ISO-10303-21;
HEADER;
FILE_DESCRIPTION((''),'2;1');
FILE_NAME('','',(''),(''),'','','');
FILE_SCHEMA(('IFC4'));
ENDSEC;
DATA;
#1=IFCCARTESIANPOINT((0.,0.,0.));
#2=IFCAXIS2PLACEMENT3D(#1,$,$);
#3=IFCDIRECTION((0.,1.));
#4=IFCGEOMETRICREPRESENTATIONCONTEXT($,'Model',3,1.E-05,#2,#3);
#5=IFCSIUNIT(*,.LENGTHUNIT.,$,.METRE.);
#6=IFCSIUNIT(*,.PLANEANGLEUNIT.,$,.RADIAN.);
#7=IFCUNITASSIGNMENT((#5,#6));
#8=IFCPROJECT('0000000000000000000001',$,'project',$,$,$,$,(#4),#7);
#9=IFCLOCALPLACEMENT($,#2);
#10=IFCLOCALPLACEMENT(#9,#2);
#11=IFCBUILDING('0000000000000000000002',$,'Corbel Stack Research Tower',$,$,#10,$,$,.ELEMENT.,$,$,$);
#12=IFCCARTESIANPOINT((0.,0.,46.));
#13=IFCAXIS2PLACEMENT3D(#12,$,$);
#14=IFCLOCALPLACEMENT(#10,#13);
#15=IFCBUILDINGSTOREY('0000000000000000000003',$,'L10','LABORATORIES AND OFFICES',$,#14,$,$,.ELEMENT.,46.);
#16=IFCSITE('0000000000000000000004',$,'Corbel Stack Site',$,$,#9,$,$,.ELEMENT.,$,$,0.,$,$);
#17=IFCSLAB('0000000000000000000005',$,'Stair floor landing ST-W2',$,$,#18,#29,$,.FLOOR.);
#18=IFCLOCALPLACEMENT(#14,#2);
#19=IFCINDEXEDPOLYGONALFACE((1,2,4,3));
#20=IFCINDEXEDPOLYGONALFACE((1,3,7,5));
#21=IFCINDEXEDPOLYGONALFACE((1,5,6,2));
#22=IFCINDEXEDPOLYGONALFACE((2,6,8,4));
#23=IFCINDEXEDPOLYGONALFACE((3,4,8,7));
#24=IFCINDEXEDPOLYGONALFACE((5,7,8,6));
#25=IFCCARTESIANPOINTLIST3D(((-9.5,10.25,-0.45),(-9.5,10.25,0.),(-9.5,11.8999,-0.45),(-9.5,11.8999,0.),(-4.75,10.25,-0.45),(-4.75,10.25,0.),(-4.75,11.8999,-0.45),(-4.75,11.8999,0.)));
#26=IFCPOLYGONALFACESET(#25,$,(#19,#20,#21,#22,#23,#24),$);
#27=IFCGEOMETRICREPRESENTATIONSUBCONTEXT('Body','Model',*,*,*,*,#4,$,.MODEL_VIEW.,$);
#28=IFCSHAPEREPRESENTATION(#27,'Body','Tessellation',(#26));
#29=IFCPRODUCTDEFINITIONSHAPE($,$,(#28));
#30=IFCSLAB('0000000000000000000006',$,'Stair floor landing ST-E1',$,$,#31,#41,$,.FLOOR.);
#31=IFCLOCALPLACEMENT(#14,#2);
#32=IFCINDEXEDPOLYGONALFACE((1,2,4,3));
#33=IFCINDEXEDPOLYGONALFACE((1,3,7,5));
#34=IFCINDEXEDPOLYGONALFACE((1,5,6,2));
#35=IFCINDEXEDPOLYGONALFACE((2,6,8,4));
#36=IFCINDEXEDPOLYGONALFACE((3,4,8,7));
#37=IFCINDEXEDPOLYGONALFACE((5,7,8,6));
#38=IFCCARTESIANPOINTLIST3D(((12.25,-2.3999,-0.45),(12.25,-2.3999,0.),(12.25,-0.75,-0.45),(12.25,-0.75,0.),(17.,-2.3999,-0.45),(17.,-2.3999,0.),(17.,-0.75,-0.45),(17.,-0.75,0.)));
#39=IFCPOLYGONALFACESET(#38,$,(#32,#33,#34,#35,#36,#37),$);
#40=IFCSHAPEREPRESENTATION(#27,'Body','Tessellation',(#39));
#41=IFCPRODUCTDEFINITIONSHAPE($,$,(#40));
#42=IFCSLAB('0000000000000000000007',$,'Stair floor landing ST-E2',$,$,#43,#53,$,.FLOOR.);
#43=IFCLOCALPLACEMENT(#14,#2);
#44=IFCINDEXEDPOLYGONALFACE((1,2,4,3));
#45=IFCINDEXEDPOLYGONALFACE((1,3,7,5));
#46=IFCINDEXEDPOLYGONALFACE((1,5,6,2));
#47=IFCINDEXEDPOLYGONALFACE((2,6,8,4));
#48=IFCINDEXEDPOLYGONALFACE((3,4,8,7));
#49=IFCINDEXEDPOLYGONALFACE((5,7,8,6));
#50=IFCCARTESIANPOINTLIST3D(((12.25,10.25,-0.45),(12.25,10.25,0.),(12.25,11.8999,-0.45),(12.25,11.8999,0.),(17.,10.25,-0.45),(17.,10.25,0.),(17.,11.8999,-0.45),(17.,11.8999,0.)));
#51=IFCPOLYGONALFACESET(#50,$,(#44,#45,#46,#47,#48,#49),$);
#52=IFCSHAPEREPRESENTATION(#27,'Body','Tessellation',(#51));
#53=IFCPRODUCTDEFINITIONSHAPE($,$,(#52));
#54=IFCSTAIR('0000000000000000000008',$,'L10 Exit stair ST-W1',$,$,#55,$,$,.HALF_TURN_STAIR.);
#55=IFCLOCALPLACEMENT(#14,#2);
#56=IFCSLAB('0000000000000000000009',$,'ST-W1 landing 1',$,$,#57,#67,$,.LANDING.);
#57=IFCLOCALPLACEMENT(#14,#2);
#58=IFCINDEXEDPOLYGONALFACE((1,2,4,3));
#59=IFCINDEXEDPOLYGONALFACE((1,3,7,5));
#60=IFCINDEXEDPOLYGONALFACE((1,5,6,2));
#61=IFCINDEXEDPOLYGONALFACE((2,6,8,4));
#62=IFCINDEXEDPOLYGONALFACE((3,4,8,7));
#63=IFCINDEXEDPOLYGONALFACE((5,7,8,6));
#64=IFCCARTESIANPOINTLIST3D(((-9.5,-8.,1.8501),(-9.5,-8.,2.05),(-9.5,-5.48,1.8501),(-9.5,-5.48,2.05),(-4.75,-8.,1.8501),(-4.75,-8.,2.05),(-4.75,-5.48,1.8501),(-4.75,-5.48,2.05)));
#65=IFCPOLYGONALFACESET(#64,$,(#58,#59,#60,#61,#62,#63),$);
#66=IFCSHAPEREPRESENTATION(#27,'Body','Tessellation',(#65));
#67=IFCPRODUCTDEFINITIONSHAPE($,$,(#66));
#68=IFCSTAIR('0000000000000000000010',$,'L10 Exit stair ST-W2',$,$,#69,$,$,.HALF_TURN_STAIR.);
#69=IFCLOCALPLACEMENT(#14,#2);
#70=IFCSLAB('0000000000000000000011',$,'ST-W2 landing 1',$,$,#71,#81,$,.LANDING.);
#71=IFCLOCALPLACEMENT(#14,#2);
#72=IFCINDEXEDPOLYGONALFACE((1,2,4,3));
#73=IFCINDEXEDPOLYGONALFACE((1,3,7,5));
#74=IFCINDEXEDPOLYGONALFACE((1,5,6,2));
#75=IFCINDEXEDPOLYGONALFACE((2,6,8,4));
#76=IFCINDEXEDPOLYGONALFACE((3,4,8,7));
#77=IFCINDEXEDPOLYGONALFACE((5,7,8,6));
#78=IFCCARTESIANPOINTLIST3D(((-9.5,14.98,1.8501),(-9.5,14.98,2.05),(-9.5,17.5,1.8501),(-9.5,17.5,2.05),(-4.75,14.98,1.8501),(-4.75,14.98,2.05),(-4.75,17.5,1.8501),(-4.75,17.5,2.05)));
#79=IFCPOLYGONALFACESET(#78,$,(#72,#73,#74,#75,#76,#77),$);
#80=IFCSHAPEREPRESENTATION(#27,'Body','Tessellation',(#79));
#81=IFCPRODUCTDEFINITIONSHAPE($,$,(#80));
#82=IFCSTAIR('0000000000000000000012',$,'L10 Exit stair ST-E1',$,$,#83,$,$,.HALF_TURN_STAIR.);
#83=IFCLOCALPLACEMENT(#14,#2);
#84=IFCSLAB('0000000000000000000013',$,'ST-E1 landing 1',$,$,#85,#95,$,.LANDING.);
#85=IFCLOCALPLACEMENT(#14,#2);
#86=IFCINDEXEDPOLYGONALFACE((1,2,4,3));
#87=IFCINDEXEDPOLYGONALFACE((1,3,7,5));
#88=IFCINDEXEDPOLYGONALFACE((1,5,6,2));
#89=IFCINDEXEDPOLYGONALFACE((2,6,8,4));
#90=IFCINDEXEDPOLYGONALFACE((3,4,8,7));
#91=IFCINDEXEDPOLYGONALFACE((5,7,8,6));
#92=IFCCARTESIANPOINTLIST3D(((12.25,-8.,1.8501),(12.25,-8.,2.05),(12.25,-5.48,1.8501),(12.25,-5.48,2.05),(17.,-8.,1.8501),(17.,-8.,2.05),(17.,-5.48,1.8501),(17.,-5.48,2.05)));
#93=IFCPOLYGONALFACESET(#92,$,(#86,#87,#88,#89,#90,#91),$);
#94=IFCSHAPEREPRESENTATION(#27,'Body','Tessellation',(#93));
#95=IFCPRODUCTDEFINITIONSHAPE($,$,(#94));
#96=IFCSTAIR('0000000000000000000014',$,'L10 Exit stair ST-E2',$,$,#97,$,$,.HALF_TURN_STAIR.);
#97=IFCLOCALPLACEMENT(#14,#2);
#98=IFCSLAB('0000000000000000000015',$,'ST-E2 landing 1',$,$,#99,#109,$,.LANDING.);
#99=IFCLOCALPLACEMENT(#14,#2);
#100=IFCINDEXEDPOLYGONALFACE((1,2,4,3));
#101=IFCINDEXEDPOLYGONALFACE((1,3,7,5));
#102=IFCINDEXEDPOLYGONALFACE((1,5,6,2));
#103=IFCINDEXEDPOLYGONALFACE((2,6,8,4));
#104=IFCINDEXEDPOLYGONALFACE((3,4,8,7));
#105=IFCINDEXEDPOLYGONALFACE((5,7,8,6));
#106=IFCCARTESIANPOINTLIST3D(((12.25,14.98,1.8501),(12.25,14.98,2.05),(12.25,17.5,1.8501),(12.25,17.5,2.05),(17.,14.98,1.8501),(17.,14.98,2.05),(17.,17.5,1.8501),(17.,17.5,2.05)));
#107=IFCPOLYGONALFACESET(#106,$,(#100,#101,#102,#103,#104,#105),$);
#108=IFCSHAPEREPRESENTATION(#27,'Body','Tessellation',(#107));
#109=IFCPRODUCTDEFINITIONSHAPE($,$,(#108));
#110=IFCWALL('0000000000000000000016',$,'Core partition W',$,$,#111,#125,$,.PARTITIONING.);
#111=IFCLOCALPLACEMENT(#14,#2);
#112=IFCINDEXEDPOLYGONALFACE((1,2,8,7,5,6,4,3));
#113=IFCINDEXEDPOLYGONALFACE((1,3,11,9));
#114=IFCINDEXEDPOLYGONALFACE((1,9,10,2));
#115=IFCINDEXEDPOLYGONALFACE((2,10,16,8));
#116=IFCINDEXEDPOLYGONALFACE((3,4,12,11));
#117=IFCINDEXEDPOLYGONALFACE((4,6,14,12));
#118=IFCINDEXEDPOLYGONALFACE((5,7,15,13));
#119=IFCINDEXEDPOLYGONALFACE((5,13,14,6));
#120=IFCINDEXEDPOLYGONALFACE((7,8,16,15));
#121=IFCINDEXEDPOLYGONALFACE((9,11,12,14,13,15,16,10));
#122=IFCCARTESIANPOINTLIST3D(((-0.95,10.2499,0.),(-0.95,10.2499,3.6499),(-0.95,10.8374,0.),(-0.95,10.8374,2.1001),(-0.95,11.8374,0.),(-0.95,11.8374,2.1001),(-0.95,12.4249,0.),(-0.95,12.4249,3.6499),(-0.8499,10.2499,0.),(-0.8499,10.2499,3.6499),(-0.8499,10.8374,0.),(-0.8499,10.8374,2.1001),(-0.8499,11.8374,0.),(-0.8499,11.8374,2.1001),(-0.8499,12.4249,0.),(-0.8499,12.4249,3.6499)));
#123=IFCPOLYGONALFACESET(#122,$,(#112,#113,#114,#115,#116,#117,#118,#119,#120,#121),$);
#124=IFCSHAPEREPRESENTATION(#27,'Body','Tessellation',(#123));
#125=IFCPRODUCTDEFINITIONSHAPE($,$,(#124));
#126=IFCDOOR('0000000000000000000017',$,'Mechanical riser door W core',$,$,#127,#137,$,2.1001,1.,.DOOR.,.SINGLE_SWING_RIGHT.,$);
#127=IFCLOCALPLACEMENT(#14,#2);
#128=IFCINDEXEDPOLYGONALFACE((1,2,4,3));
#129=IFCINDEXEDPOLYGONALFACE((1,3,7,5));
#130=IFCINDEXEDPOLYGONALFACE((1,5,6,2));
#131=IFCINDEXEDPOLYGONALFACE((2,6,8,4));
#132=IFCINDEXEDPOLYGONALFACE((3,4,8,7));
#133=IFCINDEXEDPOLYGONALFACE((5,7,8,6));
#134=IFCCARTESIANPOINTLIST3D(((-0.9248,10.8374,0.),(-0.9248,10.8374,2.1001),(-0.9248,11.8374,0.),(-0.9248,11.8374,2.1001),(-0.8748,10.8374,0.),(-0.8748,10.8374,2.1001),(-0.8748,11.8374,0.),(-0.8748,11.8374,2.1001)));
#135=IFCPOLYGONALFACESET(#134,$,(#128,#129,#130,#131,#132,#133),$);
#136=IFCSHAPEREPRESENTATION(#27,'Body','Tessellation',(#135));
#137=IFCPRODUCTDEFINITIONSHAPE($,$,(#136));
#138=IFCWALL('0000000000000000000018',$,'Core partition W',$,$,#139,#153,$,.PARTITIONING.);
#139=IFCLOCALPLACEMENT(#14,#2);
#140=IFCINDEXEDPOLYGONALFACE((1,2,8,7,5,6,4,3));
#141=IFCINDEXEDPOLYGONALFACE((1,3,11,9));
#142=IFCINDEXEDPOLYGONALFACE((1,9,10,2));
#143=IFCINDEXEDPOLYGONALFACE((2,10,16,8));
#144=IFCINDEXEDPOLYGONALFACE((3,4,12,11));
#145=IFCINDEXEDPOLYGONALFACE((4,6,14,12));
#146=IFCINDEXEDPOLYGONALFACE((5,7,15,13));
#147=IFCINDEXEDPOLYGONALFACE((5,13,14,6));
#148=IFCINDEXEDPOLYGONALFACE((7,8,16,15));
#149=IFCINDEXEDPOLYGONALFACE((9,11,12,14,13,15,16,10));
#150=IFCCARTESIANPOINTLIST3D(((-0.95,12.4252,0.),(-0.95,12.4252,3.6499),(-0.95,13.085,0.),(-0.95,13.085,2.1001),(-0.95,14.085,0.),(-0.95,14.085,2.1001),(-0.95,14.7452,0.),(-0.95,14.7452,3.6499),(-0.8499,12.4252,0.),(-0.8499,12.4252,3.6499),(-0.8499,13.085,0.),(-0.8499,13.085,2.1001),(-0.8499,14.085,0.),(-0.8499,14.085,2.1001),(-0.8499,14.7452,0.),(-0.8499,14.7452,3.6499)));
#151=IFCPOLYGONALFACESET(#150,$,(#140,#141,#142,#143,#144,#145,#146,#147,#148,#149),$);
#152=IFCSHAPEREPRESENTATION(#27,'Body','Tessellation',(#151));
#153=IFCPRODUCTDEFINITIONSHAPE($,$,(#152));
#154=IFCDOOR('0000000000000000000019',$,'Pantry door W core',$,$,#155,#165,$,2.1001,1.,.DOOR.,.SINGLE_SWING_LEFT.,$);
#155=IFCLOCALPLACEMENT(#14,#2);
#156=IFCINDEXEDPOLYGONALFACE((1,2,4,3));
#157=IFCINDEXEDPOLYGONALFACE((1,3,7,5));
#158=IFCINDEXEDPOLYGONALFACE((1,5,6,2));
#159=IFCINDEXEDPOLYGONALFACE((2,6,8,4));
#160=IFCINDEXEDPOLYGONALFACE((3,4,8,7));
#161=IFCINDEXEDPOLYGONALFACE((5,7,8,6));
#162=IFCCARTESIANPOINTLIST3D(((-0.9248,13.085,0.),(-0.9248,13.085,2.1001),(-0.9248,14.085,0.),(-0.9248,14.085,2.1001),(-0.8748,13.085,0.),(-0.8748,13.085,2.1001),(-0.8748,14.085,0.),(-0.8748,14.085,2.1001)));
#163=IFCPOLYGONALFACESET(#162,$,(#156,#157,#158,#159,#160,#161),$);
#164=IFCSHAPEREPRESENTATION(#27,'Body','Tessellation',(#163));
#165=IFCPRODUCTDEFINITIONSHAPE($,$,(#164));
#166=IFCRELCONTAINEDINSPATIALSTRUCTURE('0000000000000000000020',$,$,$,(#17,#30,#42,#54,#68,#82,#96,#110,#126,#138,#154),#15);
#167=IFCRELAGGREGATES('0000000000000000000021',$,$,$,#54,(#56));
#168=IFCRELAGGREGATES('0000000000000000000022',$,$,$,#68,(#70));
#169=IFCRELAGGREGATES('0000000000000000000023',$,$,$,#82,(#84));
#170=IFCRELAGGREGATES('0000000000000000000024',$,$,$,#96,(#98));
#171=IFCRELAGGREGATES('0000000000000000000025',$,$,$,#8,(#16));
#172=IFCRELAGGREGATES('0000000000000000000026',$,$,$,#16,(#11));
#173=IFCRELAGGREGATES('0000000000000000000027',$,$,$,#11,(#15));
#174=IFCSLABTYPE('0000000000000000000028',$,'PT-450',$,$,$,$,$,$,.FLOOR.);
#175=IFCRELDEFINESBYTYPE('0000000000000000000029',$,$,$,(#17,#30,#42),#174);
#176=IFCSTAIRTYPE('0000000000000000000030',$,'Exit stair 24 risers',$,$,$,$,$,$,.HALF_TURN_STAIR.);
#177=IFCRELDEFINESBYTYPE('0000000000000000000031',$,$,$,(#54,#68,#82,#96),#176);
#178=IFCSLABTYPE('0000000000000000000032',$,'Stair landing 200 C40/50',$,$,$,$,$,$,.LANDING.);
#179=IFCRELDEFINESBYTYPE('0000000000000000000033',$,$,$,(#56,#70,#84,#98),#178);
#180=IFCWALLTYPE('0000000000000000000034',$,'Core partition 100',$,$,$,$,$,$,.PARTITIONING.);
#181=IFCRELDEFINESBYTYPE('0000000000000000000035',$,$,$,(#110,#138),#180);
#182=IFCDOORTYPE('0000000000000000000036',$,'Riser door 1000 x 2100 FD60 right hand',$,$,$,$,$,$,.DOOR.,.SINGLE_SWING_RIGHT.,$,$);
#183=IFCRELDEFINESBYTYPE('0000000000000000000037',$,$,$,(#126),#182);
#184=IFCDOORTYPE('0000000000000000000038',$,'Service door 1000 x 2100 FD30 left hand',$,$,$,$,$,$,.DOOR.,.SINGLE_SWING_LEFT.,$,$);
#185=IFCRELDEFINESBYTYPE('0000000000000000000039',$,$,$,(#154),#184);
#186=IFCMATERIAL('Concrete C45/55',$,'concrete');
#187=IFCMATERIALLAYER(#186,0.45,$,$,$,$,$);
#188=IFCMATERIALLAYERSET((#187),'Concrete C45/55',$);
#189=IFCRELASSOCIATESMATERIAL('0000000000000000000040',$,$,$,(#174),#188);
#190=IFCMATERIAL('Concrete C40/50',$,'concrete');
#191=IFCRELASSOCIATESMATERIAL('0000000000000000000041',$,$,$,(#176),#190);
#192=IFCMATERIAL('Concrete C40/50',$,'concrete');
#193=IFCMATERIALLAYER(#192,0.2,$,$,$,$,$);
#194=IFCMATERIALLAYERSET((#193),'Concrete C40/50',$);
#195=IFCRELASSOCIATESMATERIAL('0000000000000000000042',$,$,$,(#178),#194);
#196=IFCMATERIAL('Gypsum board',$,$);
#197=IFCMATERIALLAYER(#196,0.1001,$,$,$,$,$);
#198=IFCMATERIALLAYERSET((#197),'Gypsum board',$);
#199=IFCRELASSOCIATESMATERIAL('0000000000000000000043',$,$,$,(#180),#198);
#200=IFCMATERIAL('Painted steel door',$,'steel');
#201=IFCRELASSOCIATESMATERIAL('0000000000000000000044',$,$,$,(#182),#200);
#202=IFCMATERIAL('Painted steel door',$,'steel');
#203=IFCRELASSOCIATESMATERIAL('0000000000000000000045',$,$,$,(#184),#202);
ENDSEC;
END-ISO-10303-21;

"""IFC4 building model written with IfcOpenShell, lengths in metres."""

from ifc_helpers import new_model, si_unit, direction, frame, frame_2d, origin, place, context, subcontext, project, spatial, polyline, rectangle, outline, extrude, material, layer, layer_set, type_object, element, fill, aggregate, save


model = new_model("IFC4")

# Units and contexts
model_context = context("Model", 3, precision=1e-05, world=origin(), true_north=direction((0.0, 1.0)))
body_context = subcontext(model_context, "Body", "Model", "MODEL_VIEW")
ifc_project = project(units=[si_unit("LENGTHUNIT", "METRE"), si_unit("PLANEANGLEUNIT", "RADIAN")], contexts=[model_context])

# Site, building, storey
site_placement = place(None, origin())
site = spatial("IfcSite", under=ifc_project, at=site_placement, Name="Corbel Stack Site", CompositionType="ELEMENT", RefElevation=0.0)
building_placement = place(site_placement, origin())
building = spatial("IfcBuilding", under=site, at=building_placement, Name="Corbel Stack Research Tower", CompositionType="ELEMENT")
storey_placement = place(building_placement, frame((0.0, 0.0, 46.0)))
storey = spatial("IfcBuildingStorey", under=building, at=storey_placement, Name="L10", Description="LABORATORIES AND OFFICES", CompositionType="ELEMENT", Elevation=46.0)

# Slabs
ifc_material_1 = material(Name="Concrete C45/55", Category="concrete")
ifc_layer_1 = layer(ifc_material_1, 0.45)
ifc_layer_set_1 = layer_set([ifc_layer_1], Name="Concrete C45/55")
slab_type_1 = type_object("IfcSlabType", Name="PT-450", PredefinedType="FLOOR", material=ifc_layer_set_1)
slab_1_placement = place(storey_placement, frame((0.0, 0.0, -0.45)))
element("IfcSlab", 1, at=slab_1_placement, inside=storey, type_object=slab_type_1, Name="Stair floor landing ST-W2", PredefinedType="FLOOR", context=body_context, shape_type="SweptSolid", body=[
    extrude(outline(polyline([(-9.5, 10.25), (-4.75, 10.25), (-4.75, 11.8999), (-9.5, 11.8999), (-9.5, 10.25)])), origin(), (0.0, 0.0, 1.0), 0.45),
])
slab_2_placement = place(storey_placement, frame((0.0, 0.0, -0.45)))
element("IfcSlab", 2, at=slab_2_placement, inside=storey, type_object=slab_type_1, Name="Stair floor landing ST-E1", PredefinedType="FLOOR", context=body_context, shape_type="SweptSolid", body=[
    extrude(outline(polyline([(12.25, -2.3999), (17.0, -2.3999), (17.0, -0.75), (12.25, -0.75), (12.25, -2.3999)])), origin(), (0.0, 0.0, 1.0), 0.45),
])
slab_3_placement = place(storey_placement, frame((0.0, 0.0, -0.45)))
element("IfcSlab", 3, at=slab_3_placement, inside=storey, type_object=slab_type_1, Name="Stair floor landing ST-E2", PredefinedType="FLOOR", context=body_context, shape_type="SweptSolid", body=[
    extrude(outline(polyline([(12.25, 10.25), (17.0, 10.25), (17.0, 11.8999), (12.25, 11.8999), (12.25, 10.25)])), origin(), (0.0, 0.0, 1.0), 0.45),
])

# Stairs, slabs
ifc_material_2 = material(Name="Concrete C40/50", Category="concrete")
stair_type = type_object("IfcStairType", Name="Exit stair 24 risers", PredefinedType="HALF_TURN_STAIR", material=ifc_material_2)
stair_1_placement = place(storey_placement, origin())
stair_1 = element("IfcStair", 4, at=stair_1_placement, inside=storey, type_object=stair_type, Name="L10 Exit stair ST-W1", PredefinedType="HALF_TURN_STAIR")
ifc_material_3 = material(Name="Concrete C40/50", Category="concrete")
ifc_layer_2 = layer(ifc_material_3, 0.2)
ifc_layer_set_2 = layer_set([ifc_layer_2], Name="Concrete C40/50")
slab_type_2 = type_object("IfcSlabType", Name="Stair landing 200 C40/50", PredefinedType="LANDING", material=ifc_layer_set_2)
slab_4_placement = place(storey_placement, frame((0.0, 0.0, 1.8501)))
slab_4 = element("IfcSlab", 5, at=slab_4_placement, type_object=slab_type_2, Name="ST-W1 landing 1", PredefinedType="LANDING", context=body_context, shape_type="SweptSolid", body=[
    extrude(outline(polyline([(-9.5, -8.0), (-9.5, -5.48), (-4.75, -5.48), (-4.75, -8.0), (-9.5, -8.0)])), origin(), (0.0, 0.0, 1.0), 0.2),
])
aggregate(stair_1, [slab_4])
stair_2_placement = place(storey_placement, origin())
stair_2 = element("IfcStair", 6, at=stair_2_placement, inside=storey, type_object=stair_type, Name="L10 Exit stair ST-W2", PredefinedType="HALF_TURN_STAIR")
slab_5_placement = place(storey_placement, frame((0.0, 0.0, 1.8501)))
slab_5 = element("IfcSlab", 7, at=slab_5_placement, type_object=slab_type_2, Name="ST-W2 landing 1", PredefinedType="LANDING", context=body_context, shape_type="SweptSolid", body=[
    extrude(outline(polyline([(-9.5, 14.98), (-9.5, 17.5), (-4.75, 17.5), (-4.75, 14.98), (-9.5, 14.98)])), origin(), (0.0, 0.0, 1.0), 0.2),
])
aggregate(stair_2, [slab_5])
stair_3_placement = place(storey_placement, origin())
stair_3 = element("IfcStair", 8, at=stair_3_placement, inside=storey, type_object=stair_type, Name="L10 Exit stair ST-E1", PredefinedType="HALF_TURN_STAIR")
slab_6_placement = place(storey_placement, frame((0.0, 0.0, 1.8501)))
slab_6 = element("IfcSlab", 9, at=slab_6_placement, type_object=slab_type_2, Name="ST-E1 landing 1", PredefinedType="LANDING", context=body_context, shape_type="SweptSolid", body=[
    extrude(outline(polyline([(12.25, -8.0), (12.25, -5.48), (17.0, -5.48), (17.0, -8.0), (12.25, -8.0)])), origin(), (0.0, 0.0, 1.0), 0.2),
])
aggregate(stair_3, [slab_6])
stair_4_placement = place(storey_placement, origin())
stair_4 = element("IfcStair", 10, at=stair_4_placement, inside=storey, type_object=stair_type, Name="L10 Exit stair ST-E2", PredefinedType="HALF_TURN_STAIR")
slab_7_placement = place(storey_placement, frame((0.0, 0.0, 1.8501)))
slab_7 = element("IfcSlab", 11, at=slab_7_placement, type_object=slab_type_2, Name="ST-E2 landing 1", PredefinedType="LANDING", context=body_context, shape_type="SweptSolid", body=[
    extrude(outline(polyline([(12.25, 14.98), (12.25, 17.5), (17.0, 17.5), (17.0, 14.98), (12.25, 14.98)])), origin(), (0.0, 0.0, 1.0), 0.2),
])
aggregate(stair_4, [slab_7])

# Walls, openings, doors
ifc_material_4 = material(Name="Gypsum board")
ifc_layer_3 = layer(ifc_material_4, 0.1001)
ifc_layer_set_3 = layer_set([ifc_layer_3], Name="Gypsum board")
wall_type = type_object("IfcWallType", Name="Core partition 100", PredefinedType="PARTITIONING", material=ifc_layer_set_3)
wall_1_placement = place(storey_placement, frame((-0.8999, 10.25, 0.0), z_axis=(0.0, 0.0, 1.0), x_axis=(0.0, 1.0, 0.0)))
wall_1 = element("IfcWall", 12, at=wall_1_placement, inside=storey, type_object=wall_type, Name="Core partition W", PredefinedType="PARTITIONING", context=body_context, shape_type="SweptSolid", body=[
    extrude(rectangle(XDim=2.175, YDim=0.1001, at=frame_2d((1.0874, 0.0))), origin(), (0.0, 0.0, 1.0), 3.6499),
])
opening_1_placement = place(wall_1_placement, frame((0.5874, 0.0, 0.0)))
opening_1 = element("IfcOpeningElement", 13, at=opening_1_placement, cuts=wall_1, PredefinedType="OPENING", context=body_context, shape_type="SweptSolid", body=[
    extrude(rectangle(XDim=1.0, YDim=2.1001, at=frame_2d((0.5, 1.05))), frame((0.0, 0.0601, 0.0), z_axis=(0.0, -1.0, 0.0), x_axis=(1.0, 0.0, 0.0)), (0.0, 0.0, 1.0), 0.1201),
])
ifc_material_5 = material(Name="Painted steel door", Category="steel")
door_type_1 = type_object("IfcDoorType", Name="Riser door 1000 x 2100 FD60 right hand", OperationType="SINGLE_SWING_RIGHT", PredefinedType="DOOR", material=ifc_material_5)
door_1_placement = place(opening_1_placement, origin())
door_1 = element("IfcDoor", 14, at=door_1_placement, inside=storey, type_object=door_type_1, Name="Mechanical riser door W core", OperationType="SINGLE_SWING_RIGHT", OverallHeight=2.1001, OverallWidth=1.0, PredefinedType="DOOR", context=body_context, shape_type="SweptSolid", body=[
    extrude(rectangle(XDim=1.0, YDim=2.1001, at=frame_2d((0.5, 1.05))), frame((0.0, 0.0249, 0.0), z_axis=(0.0, -1.0, 0.0), x_axis=(1.0, 0.0, 0.0)), (0.0, 0.0, 1.0), 0.05),
])
fill(opening_1, door_1)
wall_2_placement = place(storey_placement, frame((-0.8999, 12.425, 0.0), z_axis=(0.0, 0.0, 1.0), x_axis=(0.0, 1.0, 0.0)))
wall_2 = element("IfcWall", 15, at=wall_2_placement, inside=storey, type_object=wall_type, Name="Core partition W", PredefinedType="PARTITIONING", context=body_context, shape_type="SweptSolid", body=[
    extrude(rectangle(XDim=2.3201, YDim=0.1001, at=frame_2d((1.1602, 0.0))), origin(), (0.0, 0.0, 1.0), 3.6499),
])
opening_2_placement = place(wall_2_placement, frame((0.6599, 0.0, 0.0)))
opening_2 = element("IfcOpeningElement", 16, at=opening_2_placement, cuts=wall_2, PredefinedType="OPENING", context=body_context, shape_type="SweptSolid", body=[
    extrude(rectangle(XDim=1.0, YDim=2.1001, at=frame_2d((0.5, 1.05))), frame((0.0, 0.0601, 0.0), z_axis=(0.0, -1.0, 0.0), x_axis=(1.0, 0.0, 0.0)), (0.0, 0.0, 1.0), 0.1201),
])
ifc_material_6 = material(Name="Painted steel door", Category="steel")
door_type_2 = type_object("IfcDoorType", Name="Service door 1000 x 2100 FD30 left hand", OperationType="SINGLE_SWING_LEFT", PredefinedType="DOOR", material=ifc_material_6)
door_2_placement = place(opening_2_placement, origin())
door_2 = element("IfcDoor", 17, at=door_2_placement, inside=storey, type_object=door_type_2, Name="Pantry door W core", OperationType="SINGLE_SWING_LEFT", OverallHeight=2.1001, OverallWidth=1.0, PredefinedType="DOOR", context=body_context, shape_type="SweptSolid", body=[
    extrude(rectangle(XDim=1.0, YDim=2.1001, at=frame_2d((0.5, 1.05))), frame((0.0, 0.0249, 0.0), z_axis=(0.0, -1.0, 0.0), x_axis=(1.0, 0.0, 0.0)), (0.0, 0.0, 1.0), 0.05),
])
fill(opening_2, door_2)

save(model, "model.ifc")
